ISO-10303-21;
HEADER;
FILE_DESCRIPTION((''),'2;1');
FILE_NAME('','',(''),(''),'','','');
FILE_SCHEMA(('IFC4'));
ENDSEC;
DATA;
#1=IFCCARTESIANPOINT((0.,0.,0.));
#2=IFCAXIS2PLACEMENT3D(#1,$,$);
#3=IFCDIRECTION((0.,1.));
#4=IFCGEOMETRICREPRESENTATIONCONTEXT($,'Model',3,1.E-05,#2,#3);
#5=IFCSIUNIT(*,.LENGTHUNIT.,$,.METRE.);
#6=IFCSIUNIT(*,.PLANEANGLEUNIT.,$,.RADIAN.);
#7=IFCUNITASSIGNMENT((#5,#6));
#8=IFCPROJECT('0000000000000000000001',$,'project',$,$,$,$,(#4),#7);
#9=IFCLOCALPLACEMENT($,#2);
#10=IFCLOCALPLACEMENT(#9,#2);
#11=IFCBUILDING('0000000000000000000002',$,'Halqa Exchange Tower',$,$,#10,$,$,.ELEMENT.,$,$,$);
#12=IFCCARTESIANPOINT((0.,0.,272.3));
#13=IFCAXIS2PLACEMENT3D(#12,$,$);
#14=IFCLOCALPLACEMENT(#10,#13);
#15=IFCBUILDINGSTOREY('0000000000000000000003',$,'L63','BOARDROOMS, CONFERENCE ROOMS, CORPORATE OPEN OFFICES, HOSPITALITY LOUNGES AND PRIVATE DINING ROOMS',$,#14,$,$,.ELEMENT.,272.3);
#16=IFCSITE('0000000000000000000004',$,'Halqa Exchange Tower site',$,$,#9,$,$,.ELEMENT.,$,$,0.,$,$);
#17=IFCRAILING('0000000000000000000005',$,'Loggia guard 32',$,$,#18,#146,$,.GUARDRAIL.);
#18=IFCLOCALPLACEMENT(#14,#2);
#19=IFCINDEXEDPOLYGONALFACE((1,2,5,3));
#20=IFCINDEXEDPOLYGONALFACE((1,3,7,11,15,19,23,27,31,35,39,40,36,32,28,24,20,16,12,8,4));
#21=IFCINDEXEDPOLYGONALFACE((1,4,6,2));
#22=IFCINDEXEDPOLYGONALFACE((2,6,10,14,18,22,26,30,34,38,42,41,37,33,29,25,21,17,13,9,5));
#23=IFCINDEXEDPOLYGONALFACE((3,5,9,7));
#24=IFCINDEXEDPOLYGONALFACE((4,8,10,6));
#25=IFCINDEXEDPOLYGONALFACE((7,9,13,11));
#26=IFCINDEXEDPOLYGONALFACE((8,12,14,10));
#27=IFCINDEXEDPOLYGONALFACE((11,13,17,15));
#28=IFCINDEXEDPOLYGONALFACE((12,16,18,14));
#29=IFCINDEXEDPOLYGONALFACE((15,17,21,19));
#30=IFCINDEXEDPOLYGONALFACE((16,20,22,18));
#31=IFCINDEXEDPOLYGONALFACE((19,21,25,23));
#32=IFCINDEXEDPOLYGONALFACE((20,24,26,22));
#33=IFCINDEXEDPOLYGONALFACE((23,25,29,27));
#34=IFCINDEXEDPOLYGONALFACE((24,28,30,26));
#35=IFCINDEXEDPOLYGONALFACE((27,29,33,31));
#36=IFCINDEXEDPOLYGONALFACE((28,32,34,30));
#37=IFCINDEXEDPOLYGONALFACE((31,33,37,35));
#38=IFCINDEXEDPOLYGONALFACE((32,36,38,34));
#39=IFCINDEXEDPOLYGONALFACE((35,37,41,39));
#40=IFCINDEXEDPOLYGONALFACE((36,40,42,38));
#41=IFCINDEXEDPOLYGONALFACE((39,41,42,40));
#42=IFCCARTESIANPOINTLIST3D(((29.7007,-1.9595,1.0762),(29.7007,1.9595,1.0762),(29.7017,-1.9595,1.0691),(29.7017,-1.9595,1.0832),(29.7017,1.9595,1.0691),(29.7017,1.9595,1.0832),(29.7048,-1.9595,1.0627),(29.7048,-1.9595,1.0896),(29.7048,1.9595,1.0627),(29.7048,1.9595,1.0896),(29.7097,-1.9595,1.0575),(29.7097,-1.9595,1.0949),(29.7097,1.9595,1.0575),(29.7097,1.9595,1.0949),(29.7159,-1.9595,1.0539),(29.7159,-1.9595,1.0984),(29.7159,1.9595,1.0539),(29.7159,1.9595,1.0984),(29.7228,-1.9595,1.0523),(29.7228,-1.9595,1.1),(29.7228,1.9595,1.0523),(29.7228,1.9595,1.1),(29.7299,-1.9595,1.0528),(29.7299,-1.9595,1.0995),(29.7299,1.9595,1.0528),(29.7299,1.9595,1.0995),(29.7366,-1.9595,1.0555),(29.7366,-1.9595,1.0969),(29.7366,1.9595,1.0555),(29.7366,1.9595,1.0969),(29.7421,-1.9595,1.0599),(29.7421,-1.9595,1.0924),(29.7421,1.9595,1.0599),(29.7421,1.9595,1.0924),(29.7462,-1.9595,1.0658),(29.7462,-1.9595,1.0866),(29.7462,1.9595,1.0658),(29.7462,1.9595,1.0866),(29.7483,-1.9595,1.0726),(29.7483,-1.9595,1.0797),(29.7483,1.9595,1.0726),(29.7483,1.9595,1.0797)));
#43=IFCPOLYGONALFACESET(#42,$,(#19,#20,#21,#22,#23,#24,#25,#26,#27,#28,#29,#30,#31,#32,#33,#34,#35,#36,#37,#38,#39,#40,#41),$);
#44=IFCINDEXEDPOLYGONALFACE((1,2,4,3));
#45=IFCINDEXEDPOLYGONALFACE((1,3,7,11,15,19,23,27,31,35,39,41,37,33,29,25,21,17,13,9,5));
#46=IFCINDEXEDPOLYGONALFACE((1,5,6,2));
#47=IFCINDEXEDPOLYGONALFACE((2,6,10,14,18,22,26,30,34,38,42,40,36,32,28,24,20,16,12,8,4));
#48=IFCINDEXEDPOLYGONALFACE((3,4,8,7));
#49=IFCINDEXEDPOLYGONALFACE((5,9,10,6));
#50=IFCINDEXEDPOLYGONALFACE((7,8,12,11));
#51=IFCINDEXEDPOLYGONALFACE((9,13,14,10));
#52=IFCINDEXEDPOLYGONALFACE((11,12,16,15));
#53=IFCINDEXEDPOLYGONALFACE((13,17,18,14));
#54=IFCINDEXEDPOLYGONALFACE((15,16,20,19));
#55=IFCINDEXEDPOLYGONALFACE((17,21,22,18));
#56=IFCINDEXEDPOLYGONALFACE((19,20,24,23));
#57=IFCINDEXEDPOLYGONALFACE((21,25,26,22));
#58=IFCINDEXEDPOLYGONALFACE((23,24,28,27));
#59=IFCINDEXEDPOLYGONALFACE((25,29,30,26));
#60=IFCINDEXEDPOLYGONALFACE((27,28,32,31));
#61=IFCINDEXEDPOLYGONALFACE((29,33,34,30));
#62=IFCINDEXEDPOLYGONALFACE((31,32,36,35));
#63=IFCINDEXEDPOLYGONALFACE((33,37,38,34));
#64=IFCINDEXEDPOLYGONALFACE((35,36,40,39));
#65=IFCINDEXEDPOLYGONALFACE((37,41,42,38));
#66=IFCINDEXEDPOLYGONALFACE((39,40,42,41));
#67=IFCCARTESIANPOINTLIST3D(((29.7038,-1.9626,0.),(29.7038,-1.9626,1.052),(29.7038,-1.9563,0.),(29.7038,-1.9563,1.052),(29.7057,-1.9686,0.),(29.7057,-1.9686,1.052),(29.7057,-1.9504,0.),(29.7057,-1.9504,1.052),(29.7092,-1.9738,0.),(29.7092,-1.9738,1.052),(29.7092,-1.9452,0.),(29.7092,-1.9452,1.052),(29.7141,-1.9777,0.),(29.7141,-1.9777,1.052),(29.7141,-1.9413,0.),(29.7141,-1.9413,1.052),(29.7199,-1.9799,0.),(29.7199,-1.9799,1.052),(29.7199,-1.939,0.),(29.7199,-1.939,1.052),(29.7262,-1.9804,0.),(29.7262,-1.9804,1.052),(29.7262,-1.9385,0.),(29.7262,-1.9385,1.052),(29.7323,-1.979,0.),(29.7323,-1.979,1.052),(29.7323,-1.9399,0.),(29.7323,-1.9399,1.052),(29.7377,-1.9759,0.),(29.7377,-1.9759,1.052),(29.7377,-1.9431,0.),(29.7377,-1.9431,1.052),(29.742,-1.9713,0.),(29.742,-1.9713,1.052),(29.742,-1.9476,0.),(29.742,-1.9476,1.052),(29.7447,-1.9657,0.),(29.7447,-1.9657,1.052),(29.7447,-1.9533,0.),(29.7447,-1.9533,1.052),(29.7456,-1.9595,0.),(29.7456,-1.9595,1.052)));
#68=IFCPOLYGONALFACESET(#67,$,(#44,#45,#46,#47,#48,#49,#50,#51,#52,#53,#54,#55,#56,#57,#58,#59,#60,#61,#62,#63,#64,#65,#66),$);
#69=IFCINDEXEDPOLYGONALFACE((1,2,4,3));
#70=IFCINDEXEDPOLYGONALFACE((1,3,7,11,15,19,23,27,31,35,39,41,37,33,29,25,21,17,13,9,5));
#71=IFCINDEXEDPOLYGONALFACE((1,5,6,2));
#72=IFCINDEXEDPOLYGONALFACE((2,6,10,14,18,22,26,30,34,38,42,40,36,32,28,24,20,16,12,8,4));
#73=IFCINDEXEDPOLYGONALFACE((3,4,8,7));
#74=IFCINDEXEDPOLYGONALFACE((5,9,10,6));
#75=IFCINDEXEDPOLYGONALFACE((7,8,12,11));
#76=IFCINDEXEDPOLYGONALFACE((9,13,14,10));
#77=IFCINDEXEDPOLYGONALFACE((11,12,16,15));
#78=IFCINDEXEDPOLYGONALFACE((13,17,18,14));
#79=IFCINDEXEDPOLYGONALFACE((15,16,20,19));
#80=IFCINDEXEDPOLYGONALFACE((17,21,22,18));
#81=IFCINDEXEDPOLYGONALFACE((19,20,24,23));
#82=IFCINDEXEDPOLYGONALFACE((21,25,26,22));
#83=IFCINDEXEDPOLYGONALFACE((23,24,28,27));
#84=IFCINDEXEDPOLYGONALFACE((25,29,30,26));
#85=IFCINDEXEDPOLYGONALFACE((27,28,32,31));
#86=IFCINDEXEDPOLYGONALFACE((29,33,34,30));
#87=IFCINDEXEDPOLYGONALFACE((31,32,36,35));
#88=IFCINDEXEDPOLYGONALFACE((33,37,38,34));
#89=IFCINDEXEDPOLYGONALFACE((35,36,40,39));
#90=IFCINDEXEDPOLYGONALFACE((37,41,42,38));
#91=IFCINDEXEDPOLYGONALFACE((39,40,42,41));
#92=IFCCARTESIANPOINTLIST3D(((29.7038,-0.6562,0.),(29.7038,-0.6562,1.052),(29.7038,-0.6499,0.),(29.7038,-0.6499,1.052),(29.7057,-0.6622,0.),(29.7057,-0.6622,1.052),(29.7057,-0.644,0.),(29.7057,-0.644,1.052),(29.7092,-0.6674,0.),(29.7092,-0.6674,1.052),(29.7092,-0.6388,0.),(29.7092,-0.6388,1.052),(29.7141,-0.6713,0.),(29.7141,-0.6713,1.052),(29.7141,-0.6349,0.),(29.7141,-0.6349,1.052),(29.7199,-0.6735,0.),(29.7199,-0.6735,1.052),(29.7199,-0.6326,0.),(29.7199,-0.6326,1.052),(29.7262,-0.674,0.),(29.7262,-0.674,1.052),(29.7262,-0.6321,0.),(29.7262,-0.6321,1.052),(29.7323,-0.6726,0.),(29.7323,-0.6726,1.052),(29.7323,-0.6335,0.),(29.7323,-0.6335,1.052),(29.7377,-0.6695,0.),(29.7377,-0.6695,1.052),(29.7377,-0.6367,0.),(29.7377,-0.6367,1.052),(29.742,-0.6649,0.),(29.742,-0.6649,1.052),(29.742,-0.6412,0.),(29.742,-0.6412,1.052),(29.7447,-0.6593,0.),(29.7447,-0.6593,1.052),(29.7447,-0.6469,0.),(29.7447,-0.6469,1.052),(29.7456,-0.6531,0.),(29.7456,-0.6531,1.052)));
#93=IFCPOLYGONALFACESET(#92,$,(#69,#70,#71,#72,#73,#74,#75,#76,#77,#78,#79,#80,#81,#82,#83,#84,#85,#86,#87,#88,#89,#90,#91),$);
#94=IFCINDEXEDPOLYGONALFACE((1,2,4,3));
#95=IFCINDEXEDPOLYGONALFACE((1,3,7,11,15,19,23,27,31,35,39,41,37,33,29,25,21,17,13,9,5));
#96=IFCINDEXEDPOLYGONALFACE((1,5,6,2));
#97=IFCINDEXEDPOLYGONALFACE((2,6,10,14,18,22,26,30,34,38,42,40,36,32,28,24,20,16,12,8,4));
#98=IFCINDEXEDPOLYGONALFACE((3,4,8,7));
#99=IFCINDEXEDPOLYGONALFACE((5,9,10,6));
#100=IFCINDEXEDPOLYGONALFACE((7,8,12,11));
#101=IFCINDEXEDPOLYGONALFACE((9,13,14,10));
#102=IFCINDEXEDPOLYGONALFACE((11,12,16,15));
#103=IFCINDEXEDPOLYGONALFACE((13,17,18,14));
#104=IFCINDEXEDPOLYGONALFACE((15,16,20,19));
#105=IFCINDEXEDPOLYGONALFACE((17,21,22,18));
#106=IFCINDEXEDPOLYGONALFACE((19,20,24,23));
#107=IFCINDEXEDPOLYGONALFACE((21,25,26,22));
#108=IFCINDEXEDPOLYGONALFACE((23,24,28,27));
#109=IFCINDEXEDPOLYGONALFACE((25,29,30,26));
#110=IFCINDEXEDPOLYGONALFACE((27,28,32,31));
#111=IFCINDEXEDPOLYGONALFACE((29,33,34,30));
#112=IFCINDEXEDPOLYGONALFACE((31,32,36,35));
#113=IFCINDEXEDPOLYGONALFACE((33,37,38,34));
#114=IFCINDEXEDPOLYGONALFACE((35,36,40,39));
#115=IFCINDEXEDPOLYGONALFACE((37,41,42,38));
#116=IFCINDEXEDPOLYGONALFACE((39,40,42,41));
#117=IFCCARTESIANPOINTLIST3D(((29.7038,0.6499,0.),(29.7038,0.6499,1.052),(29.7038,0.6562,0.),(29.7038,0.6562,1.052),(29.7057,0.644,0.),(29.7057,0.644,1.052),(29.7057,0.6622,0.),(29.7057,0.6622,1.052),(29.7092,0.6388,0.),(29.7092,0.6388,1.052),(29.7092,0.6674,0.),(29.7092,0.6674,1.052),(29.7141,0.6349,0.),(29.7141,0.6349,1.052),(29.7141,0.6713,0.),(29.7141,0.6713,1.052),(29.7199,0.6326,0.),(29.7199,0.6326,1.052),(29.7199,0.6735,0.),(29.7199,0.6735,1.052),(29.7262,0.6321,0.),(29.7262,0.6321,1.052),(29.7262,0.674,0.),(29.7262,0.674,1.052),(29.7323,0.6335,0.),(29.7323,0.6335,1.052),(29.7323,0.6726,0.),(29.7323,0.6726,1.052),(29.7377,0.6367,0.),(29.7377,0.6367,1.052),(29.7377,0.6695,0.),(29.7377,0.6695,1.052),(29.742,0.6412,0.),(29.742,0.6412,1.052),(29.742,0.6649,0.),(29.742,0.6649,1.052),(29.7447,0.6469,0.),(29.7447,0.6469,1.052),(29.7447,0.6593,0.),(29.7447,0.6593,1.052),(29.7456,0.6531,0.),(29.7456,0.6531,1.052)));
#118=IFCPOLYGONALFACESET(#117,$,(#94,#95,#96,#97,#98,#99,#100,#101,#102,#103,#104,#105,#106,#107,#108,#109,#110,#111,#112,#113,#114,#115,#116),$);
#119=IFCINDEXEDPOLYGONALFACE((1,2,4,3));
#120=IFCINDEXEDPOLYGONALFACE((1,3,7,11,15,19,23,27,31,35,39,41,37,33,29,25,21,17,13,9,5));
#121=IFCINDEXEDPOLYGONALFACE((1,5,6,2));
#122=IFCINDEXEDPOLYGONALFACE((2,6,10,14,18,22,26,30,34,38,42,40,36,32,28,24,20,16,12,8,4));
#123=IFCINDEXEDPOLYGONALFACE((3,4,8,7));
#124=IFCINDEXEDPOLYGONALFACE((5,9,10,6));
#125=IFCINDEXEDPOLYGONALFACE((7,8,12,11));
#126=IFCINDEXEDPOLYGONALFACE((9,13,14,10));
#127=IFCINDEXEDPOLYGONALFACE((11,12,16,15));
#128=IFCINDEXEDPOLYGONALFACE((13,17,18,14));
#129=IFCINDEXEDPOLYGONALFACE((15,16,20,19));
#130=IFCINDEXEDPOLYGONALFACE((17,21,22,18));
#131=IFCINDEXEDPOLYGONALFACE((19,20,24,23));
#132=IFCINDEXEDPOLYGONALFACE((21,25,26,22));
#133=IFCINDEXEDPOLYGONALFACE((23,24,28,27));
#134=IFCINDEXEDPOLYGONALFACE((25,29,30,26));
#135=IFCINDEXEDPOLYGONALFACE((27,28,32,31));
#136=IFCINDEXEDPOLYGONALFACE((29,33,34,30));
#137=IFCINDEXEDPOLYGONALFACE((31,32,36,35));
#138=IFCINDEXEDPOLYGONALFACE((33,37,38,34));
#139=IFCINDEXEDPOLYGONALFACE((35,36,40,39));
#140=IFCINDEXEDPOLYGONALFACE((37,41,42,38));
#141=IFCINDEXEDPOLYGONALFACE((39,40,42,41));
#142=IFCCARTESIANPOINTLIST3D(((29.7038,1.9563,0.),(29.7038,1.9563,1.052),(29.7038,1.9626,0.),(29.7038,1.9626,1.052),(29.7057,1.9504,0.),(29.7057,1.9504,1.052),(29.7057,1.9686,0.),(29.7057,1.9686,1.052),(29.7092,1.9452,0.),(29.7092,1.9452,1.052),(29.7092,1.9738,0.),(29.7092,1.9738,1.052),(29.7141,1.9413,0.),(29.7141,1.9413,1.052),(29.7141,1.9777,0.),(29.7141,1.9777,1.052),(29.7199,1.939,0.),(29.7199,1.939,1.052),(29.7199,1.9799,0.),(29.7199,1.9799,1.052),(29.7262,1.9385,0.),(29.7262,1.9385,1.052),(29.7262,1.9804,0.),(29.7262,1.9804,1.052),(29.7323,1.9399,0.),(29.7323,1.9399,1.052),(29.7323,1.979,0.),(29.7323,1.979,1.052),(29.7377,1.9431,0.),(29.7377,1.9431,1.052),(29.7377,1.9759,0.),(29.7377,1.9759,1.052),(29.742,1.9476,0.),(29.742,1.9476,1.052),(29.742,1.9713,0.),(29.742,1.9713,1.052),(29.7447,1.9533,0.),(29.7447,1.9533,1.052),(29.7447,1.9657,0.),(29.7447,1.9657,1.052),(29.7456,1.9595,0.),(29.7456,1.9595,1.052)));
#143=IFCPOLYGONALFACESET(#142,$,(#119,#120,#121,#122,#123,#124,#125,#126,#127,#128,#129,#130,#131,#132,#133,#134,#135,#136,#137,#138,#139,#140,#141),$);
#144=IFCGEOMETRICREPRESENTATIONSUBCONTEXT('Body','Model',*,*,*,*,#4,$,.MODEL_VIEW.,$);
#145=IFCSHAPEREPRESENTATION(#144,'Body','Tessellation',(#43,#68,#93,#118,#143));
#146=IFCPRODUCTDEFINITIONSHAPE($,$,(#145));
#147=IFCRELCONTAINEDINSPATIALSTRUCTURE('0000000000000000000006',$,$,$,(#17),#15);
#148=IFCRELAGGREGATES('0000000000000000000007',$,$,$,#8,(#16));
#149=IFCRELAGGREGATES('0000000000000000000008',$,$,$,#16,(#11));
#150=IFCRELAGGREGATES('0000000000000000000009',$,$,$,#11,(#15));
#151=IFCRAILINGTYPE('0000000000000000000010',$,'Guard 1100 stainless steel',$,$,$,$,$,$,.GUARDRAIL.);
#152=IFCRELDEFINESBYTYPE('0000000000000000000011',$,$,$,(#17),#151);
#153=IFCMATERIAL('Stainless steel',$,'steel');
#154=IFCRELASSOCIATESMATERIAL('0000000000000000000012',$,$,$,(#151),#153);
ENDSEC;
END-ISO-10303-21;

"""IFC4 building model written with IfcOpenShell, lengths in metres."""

from ifc_helpers import new_model, si_unit, direction, frame, origin, origin_2d, place, context, subcontext, project, spatial, circle, extrude, material, type_object, element, save


model = new_model("IFC4")

# Units and contexts
model_context = context("Model", 3, precision=1e-05, world=origin(), true_north=direction((0.0, 1.0)))
body_context = subcontext(model_context, "Body", "Model", "MODEL_VIEW")
ifc_project = project(units=[si_unit("LENGTHUNIT", "METRE"), si_unit("PLANEANGLEUNIT", "RADIAN")], contexts=[model_context])

# Site, building, storey
site_placement = place(None, origin())
site = spatial("IfcSite", under=ifc_project, at=site_placement, Name="Halqa Exchange Tower site", CompositionType="ELEMENT", RefElevation=0.0)
building_placement = place(site_placement, origin())
building = spatial("IfcBuilding", under=site, at=building_placement, Name="Halqa Exchange Tower", CompositionType="ELEMENT")
storey_placement = place(building_placement, frame((0.0, 0.0, 272.3)))
storey = spatial("IfcBuildingStorey", under=building, at=storey_placement, Name="L63", Description="BOARDROOMS, CONFERENCE ROOMS, CORPORATE OPEN OFFICES, HOSPITALITY LOUNGES AND PRIVATE DINING ROOMS", CompositionType="ELEMENT", Elevation=272.3)

# Railing
ifc_material_1 = material(Name="Stainless steel", Category="steel")
railing_type = type_object("IfcRailingType", Name="Guard 1100 stainless steel", PredefinedType="GUARDRAIL", material=ifc_material_1)
railing_1_placement = place(storey_placement, frame((29.7246, -1.9595, 0.0)))
element("IfcRailing", 1, at=railing_1_placement, inside=storey, type_object=railing_type, Name="Loggia guard 32", PredefinedType="GUARDRAIL", context=body_context, shape_type="SweptSolid", body=[
    extrude(circle(Radius=0.0239, at=origin_2d()), frame((0.0, 0.0, 1.0762), z_axis=(0.0, 1.0, 0.0), x_axis=(-1.0, 0.0, 0.0)), (0.0, 0.0, 1.0), 3.9189),
    extrude(circle(Radius=0.021, at=origin_2d()), origin(), (0.0, 0.0, 1.0), 1.052),
    extrude(circle(Radius=0.021, at=origin_2d()), frame((0.0, 1.3064, 0.0)), (0.0, 0.0, 1.0), 1.052),
    extrude(circle(Radius=0.021, at=origin_2d()), frame((0.0, 2.6125, 0.0)), (0.0, 0.0, 1.0), 1.052),
    extrude(circle(Radius=0.021, at=origin_2d()), frame((0.0, 3.9189, 0.0)), (0.0, 0.0, 1.0), 1.052),
])

save(model, "model.ifc")
